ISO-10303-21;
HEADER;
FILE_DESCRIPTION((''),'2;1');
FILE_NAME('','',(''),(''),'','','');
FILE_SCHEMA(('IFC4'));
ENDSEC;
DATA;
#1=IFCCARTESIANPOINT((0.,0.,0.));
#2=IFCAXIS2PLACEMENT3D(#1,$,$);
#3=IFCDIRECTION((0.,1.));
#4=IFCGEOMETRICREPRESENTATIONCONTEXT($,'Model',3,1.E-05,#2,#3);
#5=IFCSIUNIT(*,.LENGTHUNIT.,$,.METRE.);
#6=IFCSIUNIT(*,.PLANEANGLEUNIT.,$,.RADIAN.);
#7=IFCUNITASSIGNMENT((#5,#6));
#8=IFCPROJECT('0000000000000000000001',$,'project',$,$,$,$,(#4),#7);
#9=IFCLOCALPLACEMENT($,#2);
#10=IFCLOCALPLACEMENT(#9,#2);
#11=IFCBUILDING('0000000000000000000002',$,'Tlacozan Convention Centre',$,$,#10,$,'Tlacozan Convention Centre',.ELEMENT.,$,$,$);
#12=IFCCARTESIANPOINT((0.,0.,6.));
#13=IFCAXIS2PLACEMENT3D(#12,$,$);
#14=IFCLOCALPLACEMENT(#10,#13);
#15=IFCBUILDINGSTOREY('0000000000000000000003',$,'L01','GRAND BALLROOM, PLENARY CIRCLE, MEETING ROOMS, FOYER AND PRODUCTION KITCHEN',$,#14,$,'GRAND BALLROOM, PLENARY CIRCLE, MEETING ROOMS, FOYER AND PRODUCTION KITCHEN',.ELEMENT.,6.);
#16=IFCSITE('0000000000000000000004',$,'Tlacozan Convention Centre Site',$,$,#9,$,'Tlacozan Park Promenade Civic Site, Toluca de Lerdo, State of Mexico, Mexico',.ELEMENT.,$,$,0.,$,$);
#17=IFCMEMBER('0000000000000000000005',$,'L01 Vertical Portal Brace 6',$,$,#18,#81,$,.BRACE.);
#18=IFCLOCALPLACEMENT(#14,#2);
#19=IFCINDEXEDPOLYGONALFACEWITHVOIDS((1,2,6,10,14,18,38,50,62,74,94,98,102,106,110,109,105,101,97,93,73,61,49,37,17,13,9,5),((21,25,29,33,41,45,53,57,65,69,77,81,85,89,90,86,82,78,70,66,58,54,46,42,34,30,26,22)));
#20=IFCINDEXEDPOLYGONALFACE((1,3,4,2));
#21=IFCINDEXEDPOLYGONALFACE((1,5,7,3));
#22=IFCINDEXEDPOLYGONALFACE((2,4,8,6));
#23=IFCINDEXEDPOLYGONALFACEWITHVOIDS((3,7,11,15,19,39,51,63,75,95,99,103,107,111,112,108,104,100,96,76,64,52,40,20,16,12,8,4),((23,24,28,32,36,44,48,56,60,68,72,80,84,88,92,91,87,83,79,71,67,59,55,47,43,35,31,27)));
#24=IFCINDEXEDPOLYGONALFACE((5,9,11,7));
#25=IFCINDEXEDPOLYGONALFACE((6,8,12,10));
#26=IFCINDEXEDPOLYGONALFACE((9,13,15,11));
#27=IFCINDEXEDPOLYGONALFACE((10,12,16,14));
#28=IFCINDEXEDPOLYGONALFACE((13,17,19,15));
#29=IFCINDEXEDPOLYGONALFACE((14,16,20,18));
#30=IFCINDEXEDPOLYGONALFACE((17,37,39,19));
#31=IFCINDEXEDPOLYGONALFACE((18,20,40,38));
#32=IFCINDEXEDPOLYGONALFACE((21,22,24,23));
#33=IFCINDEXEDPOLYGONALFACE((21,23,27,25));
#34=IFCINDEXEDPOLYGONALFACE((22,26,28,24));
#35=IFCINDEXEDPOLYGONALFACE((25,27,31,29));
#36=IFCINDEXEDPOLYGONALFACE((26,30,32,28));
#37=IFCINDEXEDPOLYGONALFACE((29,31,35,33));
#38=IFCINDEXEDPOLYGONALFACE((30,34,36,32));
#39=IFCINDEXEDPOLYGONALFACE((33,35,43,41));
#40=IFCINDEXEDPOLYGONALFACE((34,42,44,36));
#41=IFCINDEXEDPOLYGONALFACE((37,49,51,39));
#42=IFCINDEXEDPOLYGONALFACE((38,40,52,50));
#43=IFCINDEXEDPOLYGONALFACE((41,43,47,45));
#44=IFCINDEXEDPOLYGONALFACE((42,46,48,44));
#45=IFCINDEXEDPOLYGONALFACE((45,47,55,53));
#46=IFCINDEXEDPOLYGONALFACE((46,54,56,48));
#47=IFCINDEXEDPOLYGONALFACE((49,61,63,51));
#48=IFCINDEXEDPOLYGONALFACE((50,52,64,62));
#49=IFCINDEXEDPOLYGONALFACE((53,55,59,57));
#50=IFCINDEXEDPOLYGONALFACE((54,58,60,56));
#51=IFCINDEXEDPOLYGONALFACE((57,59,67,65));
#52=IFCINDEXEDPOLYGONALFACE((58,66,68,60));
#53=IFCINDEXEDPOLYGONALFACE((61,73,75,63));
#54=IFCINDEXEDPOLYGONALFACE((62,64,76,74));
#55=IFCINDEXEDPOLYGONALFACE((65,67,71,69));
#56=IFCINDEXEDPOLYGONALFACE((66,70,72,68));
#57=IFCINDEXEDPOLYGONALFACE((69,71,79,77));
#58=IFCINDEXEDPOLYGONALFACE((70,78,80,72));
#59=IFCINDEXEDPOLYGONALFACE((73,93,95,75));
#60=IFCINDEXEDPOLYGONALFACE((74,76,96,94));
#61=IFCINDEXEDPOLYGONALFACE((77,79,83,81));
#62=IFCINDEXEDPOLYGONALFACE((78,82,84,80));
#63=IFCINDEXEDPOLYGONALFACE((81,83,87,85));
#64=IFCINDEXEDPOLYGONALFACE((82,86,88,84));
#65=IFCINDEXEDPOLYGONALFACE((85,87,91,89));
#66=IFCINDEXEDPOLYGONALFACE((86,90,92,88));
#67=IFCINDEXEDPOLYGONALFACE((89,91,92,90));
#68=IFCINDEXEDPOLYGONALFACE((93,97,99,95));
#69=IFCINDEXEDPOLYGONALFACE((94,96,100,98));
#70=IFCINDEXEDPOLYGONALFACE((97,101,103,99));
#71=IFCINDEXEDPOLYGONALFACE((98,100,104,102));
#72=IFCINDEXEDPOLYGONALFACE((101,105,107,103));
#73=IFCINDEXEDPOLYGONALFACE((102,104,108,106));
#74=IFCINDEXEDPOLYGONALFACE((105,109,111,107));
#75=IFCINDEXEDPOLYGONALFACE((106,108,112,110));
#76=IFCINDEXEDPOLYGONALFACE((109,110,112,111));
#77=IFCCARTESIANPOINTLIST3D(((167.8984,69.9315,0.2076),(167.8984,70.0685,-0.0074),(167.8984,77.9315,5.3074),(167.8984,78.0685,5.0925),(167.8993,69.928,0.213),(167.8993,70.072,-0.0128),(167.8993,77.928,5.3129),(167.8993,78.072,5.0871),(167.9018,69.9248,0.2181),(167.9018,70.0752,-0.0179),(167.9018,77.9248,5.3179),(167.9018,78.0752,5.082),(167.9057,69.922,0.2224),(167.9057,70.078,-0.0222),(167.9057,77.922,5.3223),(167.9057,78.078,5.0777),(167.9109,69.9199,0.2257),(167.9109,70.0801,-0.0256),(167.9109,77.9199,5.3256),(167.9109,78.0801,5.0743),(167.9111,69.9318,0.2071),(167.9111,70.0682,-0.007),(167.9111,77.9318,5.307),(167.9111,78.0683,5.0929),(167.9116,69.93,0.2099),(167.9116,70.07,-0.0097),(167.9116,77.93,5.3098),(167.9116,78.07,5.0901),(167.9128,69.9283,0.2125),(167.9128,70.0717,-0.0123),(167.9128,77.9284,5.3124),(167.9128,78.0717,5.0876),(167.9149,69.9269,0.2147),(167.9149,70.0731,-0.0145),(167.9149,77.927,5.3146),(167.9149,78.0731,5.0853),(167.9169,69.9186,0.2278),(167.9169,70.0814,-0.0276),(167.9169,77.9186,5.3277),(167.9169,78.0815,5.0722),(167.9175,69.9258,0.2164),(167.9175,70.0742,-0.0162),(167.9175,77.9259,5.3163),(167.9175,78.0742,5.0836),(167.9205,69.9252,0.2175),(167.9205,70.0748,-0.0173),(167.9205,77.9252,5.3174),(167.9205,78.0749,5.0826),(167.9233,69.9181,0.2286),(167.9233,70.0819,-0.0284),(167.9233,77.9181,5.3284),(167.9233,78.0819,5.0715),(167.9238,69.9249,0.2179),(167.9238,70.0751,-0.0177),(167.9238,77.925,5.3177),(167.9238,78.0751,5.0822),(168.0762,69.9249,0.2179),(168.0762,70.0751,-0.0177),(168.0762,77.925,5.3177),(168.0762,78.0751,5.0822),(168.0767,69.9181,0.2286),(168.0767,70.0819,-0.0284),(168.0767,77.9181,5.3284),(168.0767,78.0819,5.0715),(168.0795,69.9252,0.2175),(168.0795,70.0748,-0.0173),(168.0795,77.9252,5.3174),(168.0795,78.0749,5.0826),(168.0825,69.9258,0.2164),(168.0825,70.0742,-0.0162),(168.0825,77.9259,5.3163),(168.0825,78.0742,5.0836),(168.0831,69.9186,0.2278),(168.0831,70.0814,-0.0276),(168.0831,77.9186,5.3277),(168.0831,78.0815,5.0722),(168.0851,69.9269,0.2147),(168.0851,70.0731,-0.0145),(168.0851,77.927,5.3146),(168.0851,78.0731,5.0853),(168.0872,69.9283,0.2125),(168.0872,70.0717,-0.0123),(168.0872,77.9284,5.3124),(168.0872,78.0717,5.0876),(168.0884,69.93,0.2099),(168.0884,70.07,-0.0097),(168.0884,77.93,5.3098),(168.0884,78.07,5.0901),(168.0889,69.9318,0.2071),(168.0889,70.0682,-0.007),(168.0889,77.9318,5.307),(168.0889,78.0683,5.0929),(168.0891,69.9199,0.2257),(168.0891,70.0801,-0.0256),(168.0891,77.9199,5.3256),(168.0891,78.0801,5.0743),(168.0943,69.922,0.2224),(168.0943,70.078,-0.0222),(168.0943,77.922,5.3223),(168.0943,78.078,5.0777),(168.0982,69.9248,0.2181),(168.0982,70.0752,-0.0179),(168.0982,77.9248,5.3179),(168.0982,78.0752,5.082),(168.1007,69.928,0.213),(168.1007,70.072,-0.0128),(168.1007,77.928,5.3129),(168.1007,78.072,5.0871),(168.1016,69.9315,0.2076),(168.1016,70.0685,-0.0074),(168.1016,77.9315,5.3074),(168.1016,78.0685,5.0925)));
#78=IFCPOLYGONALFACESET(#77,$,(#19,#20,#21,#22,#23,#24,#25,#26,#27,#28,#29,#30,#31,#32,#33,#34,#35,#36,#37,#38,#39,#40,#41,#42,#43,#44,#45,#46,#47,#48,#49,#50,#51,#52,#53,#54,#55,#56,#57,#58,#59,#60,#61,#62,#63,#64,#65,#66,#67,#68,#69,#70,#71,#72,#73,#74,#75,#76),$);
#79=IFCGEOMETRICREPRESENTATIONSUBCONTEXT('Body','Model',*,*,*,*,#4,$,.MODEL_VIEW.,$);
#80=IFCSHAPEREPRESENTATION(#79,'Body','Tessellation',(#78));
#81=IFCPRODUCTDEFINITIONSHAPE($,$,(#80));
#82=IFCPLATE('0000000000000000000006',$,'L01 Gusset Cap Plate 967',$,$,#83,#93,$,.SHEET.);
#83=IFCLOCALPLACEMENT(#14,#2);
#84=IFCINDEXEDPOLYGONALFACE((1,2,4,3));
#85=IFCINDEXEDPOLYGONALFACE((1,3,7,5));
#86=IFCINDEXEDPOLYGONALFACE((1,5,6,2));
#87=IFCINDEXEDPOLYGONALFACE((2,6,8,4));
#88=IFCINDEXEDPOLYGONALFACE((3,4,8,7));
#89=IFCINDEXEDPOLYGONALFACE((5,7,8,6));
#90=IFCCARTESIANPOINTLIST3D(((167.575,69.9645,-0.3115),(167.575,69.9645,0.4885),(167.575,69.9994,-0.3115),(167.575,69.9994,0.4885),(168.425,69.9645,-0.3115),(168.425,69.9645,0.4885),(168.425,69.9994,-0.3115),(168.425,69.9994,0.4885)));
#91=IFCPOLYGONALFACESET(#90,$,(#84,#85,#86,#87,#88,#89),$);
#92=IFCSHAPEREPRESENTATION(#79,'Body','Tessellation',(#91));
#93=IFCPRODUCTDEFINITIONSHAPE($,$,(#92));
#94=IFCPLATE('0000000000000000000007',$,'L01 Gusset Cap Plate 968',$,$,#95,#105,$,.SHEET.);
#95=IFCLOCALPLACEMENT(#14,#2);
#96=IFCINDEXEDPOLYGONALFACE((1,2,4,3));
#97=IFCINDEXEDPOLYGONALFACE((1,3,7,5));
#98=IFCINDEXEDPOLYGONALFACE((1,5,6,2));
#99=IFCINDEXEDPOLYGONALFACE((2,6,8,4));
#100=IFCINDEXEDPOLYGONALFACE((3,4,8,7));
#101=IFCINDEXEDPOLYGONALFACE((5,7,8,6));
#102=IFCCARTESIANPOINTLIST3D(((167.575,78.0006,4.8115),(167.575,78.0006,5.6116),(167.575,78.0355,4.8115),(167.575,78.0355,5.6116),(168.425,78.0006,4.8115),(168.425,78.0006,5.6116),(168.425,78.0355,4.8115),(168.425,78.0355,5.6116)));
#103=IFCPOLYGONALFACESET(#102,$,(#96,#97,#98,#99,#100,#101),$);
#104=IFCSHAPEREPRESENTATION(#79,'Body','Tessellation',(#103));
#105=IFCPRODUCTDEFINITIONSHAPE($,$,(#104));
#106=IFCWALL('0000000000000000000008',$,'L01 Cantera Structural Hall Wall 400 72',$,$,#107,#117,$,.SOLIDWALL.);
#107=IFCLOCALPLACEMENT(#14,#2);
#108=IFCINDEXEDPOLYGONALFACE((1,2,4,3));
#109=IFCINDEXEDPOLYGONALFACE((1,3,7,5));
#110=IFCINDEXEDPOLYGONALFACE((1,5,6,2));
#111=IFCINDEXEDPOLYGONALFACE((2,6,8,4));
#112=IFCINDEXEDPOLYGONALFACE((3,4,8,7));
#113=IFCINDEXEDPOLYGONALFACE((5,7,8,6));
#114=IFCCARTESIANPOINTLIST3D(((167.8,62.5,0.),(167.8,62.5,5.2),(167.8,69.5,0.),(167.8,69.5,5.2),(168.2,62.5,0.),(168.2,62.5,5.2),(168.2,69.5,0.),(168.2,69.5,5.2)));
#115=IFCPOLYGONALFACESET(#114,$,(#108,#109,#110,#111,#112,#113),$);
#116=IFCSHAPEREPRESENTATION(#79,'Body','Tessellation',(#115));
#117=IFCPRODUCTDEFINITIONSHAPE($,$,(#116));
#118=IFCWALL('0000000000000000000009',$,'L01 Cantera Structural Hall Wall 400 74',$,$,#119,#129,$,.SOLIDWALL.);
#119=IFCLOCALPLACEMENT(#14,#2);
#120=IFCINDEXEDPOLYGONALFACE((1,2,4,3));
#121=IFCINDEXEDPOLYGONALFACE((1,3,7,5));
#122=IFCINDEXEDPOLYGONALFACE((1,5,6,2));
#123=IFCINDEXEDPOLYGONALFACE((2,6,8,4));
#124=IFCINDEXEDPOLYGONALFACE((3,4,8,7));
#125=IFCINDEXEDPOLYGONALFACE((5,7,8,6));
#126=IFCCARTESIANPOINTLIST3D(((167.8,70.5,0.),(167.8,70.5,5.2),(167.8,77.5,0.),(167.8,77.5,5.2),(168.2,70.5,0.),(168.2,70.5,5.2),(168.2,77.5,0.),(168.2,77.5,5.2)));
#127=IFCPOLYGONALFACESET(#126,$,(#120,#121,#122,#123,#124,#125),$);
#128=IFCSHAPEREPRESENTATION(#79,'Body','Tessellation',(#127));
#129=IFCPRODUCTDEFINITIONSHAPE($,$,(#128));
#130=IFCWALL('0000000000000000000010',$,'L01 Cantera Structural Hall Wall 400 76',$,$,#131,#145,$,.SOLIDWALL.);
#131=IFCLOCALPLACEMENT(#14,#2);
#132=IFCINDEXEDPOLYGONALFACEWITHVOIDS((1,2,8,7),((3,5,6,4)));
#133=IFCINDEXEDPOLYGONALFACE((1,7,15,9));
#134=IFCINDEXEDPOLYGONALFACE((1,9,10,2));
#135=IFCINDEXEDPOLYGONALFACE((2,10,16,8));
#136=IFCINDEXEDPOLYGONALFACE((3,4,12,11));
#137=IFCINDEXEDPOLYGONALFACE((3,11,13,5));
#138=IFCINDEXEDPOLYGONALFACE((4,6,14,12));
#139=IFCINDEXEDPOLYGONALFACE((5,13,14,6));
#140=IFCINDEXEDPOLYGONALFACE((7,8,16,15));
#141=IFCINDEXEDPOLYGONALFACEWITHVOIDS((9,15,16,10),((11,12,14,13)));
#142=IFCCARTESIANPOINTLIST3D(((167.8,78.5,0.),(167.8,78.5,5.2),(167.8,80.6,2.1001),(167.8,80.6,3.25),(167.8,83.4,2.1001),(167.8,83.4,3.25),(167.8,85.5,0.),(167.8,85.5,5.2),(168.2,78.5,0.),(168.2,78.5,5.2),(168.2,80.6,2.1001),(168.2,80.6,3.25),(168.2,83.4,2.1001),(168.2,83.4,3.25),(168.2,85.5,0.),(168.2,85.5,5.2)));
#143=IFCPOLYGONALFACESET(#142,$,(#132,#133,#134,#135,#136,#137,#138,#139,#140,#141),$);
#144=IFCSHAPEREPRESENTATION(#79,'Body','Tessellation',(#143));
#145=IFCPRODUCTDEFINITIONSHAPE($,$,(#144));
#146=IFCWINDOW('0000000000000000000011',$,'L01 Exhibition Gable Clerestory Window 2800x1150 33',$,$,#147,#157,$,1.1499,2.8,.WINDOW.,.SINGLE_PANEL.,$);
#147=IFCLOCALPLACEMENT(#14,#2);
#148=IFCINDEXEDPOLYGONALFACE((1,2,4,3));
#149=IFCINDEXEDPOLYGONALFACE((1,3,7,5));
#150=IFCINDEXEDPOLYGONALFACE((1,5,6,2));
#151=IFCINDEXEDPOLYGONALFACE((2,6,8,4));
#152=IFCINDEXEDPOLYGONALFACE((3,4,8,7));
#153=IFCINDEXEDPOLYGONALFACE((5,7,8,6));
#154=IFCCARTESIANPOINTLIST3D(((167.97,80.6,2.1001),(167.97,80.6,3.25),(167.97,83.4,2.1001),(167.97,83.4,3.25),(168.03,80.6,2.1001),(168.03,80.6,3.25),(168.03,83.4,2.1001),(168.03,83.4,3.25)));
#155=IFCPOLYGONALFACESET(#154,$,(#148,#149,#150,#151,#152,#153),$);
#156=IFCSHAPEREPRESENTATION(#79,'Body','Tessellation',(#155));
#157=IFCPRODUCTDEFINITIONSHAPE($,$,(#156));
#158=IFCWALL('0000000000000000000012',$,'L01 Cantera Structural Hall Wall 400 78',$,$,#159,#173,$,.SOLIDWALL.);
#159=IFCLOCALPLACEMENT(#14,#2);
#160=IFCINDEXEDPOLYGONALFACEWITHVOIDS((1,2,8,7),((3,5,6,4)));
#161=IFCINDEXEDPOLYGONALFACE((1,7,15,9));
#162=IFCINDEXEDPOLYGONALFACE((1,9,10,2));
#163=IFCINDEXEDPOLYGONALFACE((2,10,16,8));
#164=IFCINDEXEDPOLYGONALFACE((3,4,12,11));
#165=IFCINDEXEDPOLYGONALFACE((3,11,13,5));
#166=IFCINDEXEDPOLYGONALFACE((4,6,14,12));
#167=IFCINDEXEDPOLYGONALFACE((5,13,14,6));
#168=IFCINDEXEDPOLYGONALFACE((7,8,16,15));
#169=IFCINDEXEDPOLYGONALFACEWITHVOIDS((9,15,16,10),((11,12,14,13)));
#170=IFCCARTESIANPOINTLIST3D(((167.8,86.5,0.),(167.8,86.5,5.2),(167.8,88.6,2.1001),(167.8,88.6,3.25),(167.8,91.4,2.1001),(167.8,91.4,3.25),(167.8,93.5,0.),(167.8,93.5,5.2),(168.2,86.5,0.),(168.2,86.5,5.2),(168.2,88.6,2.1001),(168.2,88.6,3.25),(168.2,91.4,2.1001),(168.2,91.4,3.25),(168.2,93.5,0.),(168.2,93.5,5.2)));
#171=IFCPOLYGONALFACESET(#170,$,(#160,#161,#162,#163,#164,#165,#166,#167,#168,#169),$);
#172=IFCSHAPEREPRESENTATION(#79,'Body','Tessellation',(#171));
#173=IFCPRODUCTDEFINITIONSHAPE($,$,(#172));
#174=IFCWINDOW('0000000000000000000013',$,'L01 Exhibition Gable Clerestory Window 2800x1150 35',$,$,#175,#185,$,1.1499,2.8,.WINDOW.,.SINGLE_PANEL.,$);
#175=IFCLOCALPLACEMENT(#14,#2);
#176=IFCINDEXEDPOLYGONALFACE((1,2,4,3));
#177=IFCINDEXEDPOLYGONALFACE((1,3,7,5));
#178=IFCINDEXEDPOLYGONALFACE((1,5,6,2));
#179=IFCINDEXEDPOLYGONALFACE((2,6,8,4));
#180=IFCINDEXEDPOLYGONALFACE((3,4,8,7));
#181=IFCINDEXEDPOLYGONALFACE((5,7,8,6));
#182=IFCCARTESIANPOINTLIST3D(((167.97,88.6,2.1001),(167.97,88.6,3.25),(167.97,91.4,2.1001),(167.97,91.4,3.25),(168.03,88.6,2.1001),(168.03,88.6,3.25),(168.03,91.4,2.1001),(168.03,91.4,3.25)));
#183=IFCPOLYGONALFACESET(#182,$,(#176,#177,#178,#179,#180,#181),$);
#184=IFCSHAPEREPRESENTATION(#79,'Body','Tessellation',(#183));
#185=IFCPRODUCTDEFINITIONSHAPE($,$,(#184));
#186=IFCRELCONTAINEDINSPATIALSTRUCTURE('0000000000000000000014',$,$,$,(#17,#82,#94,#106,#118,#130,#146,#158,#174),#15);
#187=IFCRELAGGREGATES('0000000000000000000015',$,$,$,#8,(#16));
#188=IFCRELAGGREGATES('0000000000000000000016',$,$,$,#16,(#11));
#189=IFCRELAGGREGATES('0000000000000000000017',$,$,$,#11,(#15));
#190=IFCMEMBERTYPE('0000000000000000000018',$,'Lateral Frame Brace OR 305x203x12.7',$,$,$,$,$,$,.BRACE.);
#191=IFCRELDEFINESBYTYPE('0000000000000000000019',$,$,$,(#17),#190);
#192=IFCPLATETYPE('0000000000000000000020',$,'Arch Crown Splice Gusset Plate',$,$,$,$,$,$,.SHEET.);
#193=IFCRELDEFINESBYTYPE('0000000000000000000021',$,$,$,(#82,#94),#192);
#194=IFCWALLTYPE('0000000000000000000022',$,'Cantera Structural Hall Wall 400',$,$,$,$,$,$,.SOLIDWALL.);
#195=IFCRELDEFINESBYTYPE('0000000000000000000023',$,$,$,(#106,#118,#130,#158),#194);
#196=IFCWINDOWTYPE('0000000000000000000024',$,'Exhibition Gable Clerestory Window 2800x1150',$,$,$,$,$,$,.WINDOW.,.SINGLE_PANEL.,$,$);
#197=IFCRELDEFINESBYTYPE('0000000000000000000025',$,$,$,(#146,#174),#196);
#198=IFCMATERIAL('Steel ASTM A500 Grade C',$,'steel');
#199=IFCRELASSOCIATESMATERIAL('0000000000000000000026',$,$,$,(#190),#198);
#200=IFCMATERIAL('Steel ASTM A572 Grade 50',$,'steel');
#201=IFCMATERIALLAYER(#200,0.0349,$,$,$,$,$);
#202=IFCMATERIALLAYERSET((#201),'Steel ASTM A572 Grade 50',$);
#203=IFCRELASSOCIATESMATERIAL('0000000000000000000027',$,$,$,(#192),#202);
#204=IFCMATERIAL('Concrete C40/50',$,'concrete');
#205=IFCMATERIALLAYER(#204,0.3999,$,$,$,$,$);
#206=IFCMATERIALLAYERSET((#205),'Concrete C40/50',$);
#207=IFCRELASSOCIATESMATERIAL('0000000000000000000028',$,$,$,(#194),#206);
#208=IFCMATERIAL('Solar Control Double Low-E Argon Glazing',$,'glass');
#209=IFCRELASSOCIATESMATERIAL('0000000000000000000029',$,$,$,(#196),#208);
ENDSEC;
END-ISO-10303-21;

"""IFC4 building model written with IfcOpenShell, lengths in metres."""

from ifc_helpers import new_model, si_unit, direction, frame, frame_2d, origin, origin_2d, place, context, subcontext, project, spatial, rectangle, hollow_rectangle, extrude, material, layer, layer_set, material_profile, profile_set, type_object, element, fill, save


model = new_model("IFC4")

# Units and contexts
model_context = context("Model", 3, precision=1e-05, world=origin(), true_north=direction((0.0, 1.0)))
body_context = subcontext(model_context, "Body", "Model", "MODEL_VIEW")
ifc_project = project(units=[si_unit("LENGTHUNIT", "METRE"), si_unit("PLANEANGLEUNIT", "RADIAN")], contexts=[model_context])

# Site, building, storey
site_placement = place(None, origin())
site = spatial("IfcSite", under=ifc_project, at=site_placement, Name="Tlacozan Convention Centre Site", LongName="Tlacozan Park Promenade Civic Site, Toluca de Lerdo, State of Mexico, Mexico", CompositionType="ELEMENT", RefElevation=0.0)
building_placement = place(site_placement, origin())
building = spatial("IfcBuilding", under=site, at=building_placement, Name="Tlacozan Convention Centre", LongName="Tlacozan Convention Centre", CompositionType="ELEMENT")
storey_placement = place(building_placement, frame((0.0, 0.0, 6.0)))
storey = spatial("IfcBuildingStorey", under=building, at=storey_placement, Name="L01", Description="GRAND BALLROOM, PLENARY CIRCLE, MEETING ROOMS, FOYER AND PRODUCTION KITCHEN", LongName="GRAND BALLROOM, PLENARY CIRCLE, MEETING ROOMS, FOYER AND PRODUCTION KITCHEN", CompositionType="ELEMENT", Elevation=6.0)

# Shared definitions
ifc_material_1 = material(Name="Concrete C40/50", Category="concrete")

# Member
ifc_material_2 = material(Name="Steel ASTM A500 Grade C", Category="steel")
ifc_material_profile_1 = material_profile(ifc_material_2, hollow_rectangle(XDim=0.2031, YDim=0.3047, WallThickness=0.0127, InnerFilletRadius=0.0127, OuterFilletRadius=0.0249, at=origin_2d()), Name="OR 305x203x12.7")
ifc_profile_set_1 = profile_set([ifc_material_profile_1], Name="Steel ASTM A500 Grade C")
member_type_1 = type_object("IfcMemberType", Name="Lateral Frame Brace OR 305x203x12.7", PredefinedType="BRACE", material=ifc_profile_set_1)
member_1_placement = place(storey_placement, frame((168.0, 70.0, 0.1001), z_axis=(0.0, 0.843234, 0.537546), x_axis=(-1.0, 0.0, 0.0)))
element("IfcMember", 1, at=member_1_placement, inside=storey, type_object=member_type_1, Name="L01 Vertical Portal Brace 6", PredefinedType="BRACE", context=body_context, shape_type="SweptSolid", body=[
    extrude(hollow_rectangle(XDim=0.2031, YDim=0.3047, WallThickness=0.0127, InnerFilletRadius=0.0127, OuterFilletRadius=0.0249, at=origin_2d()), origin(), (0.0, 0.0, 1.0), 9.4873),
])

# Plates
ifc_material_3 = material(Name="Steel ASTM A572 Grade 50", Category="steel")
ifc_layer_1 = layer(ifc_material_3, 0.0349)
ifc_layer_set_1 = layer_set([ifc_layer_1], Name="Steel ASTM A572 Grade 50")
plate_type = type_object("IfcPlateType", Name="Arch Crown Splice Gusset Plate", PredefinedType="SHEET", material=ifc_layer_set_1)
for number, where, z_axis, x_axis, name in (
    (2, (168.0, 69.9819, -0.3115), (0.0, 0.0, 1.0), (0.0, 1.0, 0.0), "L01 Gusset Cap Plate 967"),
    (3, (168.0, 78.0181, 4.8115), (0.0, 0.0, 1.0), (0.0, 1.0, 0.0), "L01 Gusset Cap Plate 968"),
):
    element("IfcPlate", number, at=place(storey_placement, frame(where, z_axis=z_axis, x_axis=x_axis)), inside=storey, type_object=plate_type, Name=name, PredefinedType="SHEET", context=body_context, shape_type="SweptSolid", body=[
        extrude(rectangle(XDim=0.0349, YDim=0.8501, at=origin_2d()), origin(), (0.0, 0.0, 1.0), 0.8),
    ])

# Walls
ifc_layer_2 = layer(ifc_material_1, 0.3999)
ifc_layer_set_2 = layer_set([ifc_layer_2], Name="Concrete C40/50")
wall_type_1 = type_object("IfcWallType", Name="Cantera Structural Hall Wall 400", PredefinedType="SOLIDWALL", material=ifc_layer_set_2)
for number, where, z_axis, x_axis, name in (
    (4, (168.0, 62.5, 0.0), (0.0, 0.0, 1.0), (0.0, 1.0, 0.0), "L01 Cantera Structural Hall Wall 400 72"),
    (5, (168.0, 70.5, 0.0), (0.0, 0.0, 1.0), (0.0, 1.0, 0.0), "L01 Cantera Structural Hall Wall 400 74"),
):
    element("IfcWall", number, at=place(storey_placement, frame(where, z_axis=z_axis, x_axis=x_axis)), inside=storey, type_object=wall_type_1, Name=name, PredefinedType="SOLIDWALL", context=body_context, shape_type="SweptSolid", body=[
        extrude(rectangle(XDim=7.0, YDim=0.3999, at=frame_2d((3.5, 0.0))), origin(), (0.0, 0.0, 1.0), 5.2),
    ])

# Walls, openings, windows
wall_1_placement = place(storey_placement, frame((168.0, 78.5, 0.0), z_axis=(0.0, 0.0, 1.0), x_axis=(0.0, 1.0, 0.0)))
wall_1 = element("IfcWall", 6, at=wall_1_placement, inside=storey, type_object=wall_type_1, Name="L01 Cantera Structural Hall Wall 400 76", PredefinedType="SOLIDWALL", context=body_context, shape_type="SweptSolid", body=[
    extrude(rectangle(XDim=7.0, YDim=0.3999, at=frame_2d((3.5, 0.0))), origin(), (0.0, 0.0, 1.0), 5.2),
])
opening_1_placement = place(wall_1_placement, frame((2.1001, 0.0, 2.1001)))
opening_1 = element("IfcOpeningElement", 7, at=opening_1_placement, cuts=wall_1, PredefinedType="OPENING", context=body_context, shape_type="SweptSolid", body=[
    extrude(rectangle(XDim=2.8, YDim=1.1499, at=frame_2d((1.3999, 0.575))), frame((0.0, 0.21, 0.0), z_axis=(0.0, -1.0, 0.0), x_axis=(1.0, 0.0, 0.0)), (0.0, 0.0, 1.0), 0.4199),
])
ifc_material_4 = material(Name="Solar Control Double Low-E Argon Glazing", Category="glass")
window_type = type_object("IfcWindowType", Name="Exhibition Gable Clerestory Window 2800x1150", PartitioningType="SINGLE_PANEL", PredefinedType="WINDOW", material=ifc_material_4)
window_1_placement = place(opening_1_placement, origin())
window_1 = element("IfcWindow", 8, at=window_1_placement, inside=storey, type_object=window_type, Name="L01 Exhibition Gable Clerestory Window 2800x1150 33", OverallHeight=1.1499, OverallWidth=2.8, PartitioningType="SINGLE_PANEL", PredefinedType="WINDOW", context=body_context, shape_type="SweptSolid", body=[
    extrude(rectangle(XDim=2.8, YDim=1.1499, at=frame_2d((1.3999, 0.575))), frame((0.0, 0.03, 0.0), z_axis=(0.0, -1.0, 0.0), x_axis=(1.0, 0.0, 0.0)), (0.0, 0.0, 1.0), 0.0601),
])
fill(opening_1, window_1)
wall_2_placement = place(storey_placement, frame((168.0, 86.5, 0.0), z_axis=(0.0, 0.0, 1.0), x_axis=(0.0, 1.0, 0.0)))
wall_2 = element("IfcWall", 9, at=wall_2_placement, inside=storey, type_object=wall_type_1, Name="L01 Cantera Structural Hall Wall 400 78", PredefinedType="SOLIDWALL", context=body_context, shape_type="SweptSolid", body=[
    extrude(rectangle(XDim=7.0, YDim=0.3999, at=frame_2d((3.5, 0.0))), origin(), (0.0, 0.0, 1.0), 5.2),
])
opening_2_placement = place(wall_2_placement, frame((2.1001, 0.0, 2.1001)))
opening_2 = element("IfcOpeningElement", 10, at=opening_2_placement, cuts=wall_2, PredefinedType="OPENING", context=body_context, shape_type="SweptSolid", body=[
    extrude(rectangle(XDim=2.8, YDim=1.1499, at=frame_2d((1.3999, 0.575))), frame((0.0, 0.21, 0.0), z_axis=(0.0, -1.0, 0.0), x_axis=(1.0, 0.0, 0.0)), (0.0, 0.0, 1.0), 0.4199),
])
window_2_placement = place(opening_2_placement, origin())
window_2 = element("IfcWindow", 11, at=window_2_placement, inside=storey, type_object=window_type, Name="L01 Exhibition Gable Clerestory Window 2800x1150 35", OverallHeight=1.1499, OverallWidth=2.8, PartitioningType="SINGLE_PANEL", PredefinedType="WINDOW", context=body_context, shape_type="SweptSolid", body=[
    extrude(rectangle(XDim=2.8, YDim=1.1499, at=frame_2d((1.3999, 0.575))), frame((0.0, 0.03, 0.0), z_axis=(0.0, -1.0, 0.0), x_axis=(1.0, 0.0, 0.0)), (0.0, 0.0, 1.0), 0.0601),
])
fill(opening_2, window_2)

save(model, "model.ifc")
